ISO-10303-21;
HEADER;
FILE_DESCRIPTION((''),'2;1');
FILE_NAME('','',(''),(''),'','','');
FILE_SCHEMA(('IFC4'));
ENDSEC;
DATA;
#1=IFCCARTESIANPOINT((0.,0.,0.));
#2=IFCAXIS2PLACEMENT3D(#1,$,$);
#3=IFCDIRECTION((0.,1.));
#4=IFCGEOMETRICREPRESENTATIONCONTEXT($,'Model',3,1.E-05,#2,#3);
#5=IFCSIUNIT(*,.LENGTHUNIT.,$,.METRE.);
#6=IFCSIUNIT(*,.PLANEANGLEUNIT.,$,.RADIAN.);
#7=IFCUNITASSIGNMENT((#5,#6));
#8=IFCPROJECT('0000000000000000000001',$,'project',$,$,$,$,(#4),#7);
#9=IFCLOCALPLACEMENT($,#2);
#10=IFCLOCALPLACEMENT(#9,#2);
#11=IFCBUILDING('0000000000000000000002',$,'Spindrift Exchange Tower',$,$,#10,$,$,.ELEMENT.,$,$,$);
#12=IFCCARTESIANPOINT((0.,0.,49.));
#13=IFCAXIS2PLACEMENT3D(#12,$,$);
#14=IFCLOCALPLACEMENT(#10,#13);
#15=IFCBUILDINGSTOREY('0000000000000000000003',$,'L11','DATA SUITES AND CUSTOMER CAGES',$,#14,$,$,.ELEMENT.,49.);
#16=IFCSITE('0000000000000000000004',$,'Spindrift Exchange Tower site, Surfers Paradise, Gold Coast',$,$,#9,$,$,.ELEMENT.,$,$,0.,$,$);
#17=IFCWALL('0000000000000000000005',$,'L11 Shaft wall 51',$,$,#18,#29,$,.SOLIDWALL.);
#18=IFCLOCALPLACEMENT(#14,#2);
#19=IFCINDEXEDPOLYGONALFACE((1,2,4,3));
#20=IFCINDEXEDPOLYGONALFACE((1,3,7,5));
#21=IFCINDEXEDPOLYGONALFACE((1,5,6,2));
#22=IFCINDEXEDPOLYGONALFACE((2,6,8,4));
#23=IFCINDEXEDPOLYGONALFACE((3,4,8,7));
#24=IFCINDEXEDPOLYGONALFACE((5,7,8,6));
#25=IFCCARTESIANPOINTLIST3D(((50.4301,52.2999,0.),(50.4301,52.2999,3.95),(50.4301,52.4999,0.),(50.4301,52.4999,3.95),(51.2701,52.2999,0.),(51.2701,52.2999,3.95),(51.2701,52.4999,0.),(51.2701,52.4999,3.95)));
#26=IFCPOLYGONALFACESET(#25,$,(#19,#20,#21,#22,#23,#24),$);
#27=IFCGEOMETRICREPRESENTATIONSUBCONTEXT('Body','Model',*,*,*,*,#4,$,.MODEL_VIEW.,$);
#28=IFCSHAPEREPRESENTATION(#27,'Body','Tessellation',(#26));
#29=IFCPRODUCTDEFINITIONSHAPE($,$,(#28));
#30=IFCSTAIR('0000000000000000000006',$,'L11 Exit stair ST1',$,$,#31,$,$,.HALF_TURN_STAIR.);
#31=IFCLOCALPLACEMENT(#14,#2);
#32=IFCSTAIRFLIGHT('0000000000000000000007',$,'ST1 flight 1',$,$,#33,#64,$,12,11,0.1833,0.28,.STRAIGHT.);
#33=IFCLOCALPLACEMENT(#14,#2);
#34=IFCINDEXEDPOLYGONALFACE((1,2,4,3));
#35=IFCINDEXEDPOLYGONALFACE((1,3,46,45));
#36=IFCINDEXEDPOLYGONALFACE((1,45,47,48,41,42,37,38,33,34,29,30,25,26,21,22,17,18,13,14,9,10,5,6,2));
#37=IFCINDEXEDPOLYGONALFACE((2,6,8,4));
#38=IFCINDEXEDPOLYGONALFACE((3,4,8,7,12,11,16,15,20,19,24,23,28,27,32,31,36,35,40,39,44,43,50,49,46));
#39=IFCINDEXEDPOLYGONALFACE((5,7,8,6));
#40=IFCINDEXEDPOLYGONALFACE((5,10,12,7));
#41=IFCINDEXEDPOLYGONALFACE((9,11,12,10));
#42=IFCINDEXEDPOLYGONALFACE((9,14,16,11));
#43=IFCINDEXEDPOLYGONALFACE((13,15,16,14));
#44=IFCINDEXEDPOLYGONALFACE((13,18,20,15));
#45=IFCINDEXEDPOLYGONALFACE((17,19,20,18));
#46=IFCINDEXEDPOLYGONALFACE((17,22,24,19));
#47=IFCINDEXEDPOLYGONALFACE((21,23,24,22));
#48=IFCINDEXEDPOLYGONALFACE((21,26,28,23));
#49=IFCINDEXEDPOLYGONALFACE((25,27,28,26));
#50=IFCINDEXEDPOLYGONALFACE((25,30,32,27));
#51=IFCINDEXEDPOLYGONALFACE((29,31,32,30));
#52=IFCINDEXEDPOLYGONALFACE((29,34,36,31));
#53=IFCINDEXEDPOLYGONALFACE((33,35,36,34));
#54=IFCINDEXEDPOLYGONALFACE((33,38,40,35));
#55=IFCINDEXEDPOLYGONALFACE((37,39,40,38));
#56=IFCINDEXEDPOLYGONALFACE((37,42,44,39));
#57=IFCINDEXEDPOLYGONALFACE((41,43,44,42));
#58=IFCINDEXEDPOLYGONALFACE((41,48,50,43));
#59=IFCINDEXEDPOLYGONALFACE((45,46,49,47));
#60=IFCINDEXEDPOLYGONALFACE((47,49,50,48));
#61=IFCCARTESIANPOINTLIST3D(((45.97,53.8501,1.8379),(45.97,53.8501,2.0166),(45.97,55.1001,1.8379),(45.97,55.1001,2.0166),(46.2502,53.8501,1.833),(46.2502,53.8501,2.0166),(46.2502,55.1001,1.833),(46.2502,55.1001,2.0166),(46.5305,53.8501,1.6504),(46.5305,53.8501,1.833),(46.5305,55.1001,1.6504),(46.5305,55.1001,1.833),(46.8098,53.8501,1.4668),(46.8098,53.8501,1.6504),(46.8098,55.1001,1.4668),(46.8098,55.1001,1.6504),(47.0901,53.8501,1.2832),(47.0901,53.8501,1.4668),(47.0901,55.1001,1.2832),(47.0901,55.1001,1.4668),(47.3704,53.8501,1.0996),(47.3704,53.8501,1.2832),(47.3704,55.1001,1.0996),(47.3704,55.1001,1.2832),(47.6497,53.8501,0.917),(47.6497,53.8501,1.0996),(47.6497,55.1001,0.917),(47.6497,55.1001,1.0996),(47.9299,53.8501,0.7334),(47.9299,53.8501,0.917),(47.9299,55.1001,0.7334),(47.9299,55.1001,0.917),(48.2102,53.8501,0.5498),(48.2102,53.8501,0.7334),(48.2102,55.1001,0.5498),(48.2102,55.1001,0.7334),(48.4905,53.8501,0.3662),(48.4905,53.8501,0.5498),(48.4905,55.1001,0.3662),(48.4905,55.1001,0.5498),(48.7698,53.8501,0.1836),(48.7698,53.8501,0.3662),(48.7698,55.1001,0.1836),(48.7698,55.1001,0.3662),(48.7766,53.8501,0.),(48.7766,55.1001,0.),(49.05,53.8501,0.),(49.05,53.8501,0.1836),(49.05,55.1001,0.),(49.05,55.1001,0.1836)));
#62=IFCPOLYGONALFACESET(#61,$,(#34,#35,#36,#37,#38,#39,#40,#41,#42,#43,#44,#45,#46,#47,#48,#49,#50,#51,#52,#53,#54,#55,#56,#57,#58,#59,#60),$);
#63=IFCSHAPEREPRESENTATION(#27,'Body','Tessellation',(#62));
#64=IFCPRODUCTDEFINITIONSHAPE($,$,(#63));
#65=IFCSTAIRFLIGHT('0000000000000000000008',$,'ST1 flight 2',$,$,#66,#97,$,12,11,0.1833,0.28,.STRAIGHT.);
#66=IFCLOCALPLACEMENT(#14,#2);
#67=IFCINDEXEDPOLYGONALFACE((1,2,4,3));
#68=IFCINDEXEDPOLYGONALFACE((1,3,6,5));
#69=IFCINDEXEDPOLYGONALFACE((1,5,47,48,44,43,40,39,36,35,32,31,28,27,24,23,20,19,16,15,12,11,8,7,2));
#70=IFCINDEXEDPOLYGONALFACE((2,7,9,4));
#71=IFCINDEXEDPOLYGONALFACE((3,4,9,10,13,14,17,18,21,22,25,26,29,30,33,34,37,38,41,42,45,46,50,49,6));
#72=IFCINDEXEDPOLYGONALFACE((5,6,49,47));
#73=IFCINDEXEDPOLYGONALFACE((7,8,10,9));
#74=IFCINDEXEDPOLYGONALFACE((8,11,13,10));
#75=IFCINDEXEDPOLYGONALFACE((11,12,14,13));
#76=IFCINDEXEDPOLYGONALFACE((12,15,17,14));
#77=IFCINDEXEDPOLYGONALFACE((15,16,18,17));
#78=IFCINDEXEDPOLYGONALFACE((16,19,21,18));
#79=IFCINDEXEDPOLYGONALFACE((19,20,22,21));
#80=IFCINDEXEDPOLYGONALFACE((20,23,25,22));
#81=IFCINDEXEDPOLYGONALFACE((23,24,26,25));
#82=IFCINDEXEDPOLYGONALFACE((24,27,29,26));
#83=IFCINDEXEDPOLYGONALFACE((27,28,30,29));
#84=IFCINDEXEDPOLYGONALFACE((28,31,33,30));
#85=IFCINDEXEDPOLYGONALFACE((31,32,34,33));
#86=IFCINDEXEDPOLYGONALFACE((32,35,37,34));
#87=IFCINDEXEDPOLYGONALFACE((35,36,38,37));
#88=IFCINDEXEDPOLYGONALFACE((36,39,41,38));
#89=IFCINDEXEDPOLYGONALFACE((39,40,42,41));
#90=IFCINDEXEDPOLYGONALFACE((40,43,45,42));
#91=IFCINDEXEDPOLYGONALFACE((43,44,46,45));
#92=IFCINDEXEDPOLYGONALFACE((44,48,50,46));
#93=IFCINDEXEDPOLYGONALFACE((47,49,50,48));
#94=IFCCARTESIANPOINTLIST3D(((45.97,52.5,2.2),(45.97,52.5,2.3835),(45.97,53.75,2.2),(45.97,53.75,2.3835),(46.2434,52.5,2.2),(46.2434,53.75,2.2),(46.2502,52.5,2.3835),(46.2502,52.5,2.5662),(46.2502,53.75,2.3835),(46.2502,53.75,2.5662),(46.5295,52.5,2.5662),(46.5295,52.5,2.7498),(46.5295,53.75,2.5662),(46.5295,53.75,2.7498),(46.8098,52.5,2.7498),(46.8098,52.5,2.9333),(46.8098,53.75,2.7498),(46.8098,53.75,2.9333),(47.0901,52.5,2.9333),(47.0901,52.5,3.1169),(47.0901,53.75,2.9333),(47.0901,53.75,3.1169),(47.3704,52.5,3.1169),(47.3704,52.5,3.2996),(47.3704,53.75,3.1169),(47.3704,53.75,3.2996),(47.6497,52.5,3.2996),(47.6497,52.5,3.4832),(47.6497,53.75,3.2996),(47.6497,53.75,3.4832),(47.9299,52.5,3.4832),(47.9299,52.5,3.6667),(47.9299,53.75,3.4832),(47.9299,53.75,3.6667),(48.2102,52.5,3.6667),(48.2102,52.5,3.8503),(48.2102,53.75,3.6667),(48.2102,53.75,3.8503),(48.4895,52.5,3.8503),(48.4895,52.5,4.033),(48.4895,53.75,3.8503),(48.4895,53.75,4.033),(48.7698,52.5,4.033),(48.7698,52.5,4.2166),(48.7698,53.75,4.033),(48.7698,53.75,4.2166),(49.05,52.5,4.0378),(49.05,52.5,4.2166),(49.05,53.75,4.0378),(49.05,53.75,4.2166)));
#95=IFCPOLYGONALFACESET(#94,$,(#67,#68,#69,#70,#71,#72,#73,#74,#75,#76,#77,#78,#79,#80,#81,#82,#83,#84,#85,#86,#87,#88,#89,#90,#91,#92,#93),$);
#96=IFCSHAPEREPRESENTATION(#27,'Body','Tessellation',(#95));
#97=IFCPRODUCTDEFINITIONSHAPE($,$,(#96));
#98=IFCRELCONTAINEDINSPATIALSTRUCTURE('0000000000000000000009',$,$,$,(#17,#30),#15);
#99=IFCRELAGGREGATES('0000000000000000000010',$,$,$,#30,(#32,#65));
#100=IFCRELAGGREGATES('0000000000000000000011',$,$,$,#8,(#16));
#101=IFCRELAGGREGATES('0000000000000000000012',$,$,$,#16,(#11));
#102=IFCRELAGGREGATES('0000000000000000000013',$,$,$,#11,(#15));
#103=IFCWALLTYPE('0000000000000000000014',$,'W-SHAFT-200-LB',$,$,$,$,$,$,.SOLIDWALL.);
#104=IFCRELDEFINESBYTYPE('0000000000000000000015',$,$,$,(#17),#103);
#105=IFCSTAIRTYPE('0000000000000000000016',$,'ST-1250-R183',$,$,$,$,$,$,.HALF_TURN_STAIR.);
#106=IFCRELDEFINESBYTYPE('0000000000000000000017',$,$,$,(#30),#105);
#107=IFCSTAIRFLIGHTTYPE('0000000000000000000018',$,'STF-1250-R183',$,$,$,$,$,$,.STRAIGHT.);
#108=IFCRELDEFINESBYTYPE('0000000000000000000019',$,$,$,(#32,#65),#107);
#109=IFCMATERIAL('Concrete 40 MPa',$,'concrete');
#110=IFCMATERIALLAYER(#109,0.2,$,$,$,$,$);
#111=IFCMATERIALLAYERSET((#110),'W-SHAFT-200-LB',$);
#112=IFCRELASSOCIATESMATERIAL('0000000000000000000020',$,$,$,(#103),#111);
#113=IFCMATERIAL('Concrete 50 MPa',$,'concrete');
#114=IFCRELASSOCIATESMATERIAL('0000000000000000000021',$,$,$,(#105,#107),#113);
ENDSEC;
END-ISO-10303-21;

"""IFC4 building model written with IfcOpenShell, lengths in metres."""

from ifc_helpers import new_model, si_unit, direction, frame, frame_2d, origin, place, context, subcontext, project, spatial, line, indexed_curve, rectangle, outline, extrude, material, layer, layer_set, type_object, element, aggregate, save


model = new_model("IFC4")

# Units and contexts
model_context = context("Model", 3, precision=1e-05, world=origin(), true_north=direction((0.0, 1.0)))
body_context = subcontext(model_context, "Body", "Model", "MODEL_VIEW")
ifc_project = project(units=[si_unit("LENGTHUNIT", "METRE"), si_unit("PLANEANGLEUNIT", "RADIAN")], contexts=[model_context])

# Site, building, storey
site_placement = place(None, origin())
site = spatial("IfcSite", under=ifc_project, at=site_placement, Name="Spindrift Exchange Tower site, Surfers Paradise, Gold Coast", CompositionType="ELEMENT", RefElevation=0.0)
building_placement = place(site_placement, origin())
building = spatial("IfcBuilding", under=site, at=building_placement, Name="Spindrift Exchange Tower", CompositionType="ELEMENT")
storey_placement = place(building_placement, frame((0.0, 0.0, 49.0)))
storey = spatial("IfcBuildingStorey", under=building, at=storey_placement, Name="L11", Description="DATA SUITES AND CUSTOMER CAGES", CompositionType="ELEMENT", Elevation=49.0)

# Shared definitions
ifc_material_1 = material(Name="Concrete 40 MPa", Category="concrete")
ifc_layer = layer(ifc_material_1, 0.2)
ifc_layer_set = layer_set([ifc_layer], Name="W-SHAFT-200-LB")
wall_type = type_object("IfcWallType", Name="W-SHAFT-200-LB", PredefinedType="SOLIDWALL", material=ifc_layer_set)

# Wall
wall_1_placement = place(storey_placement, frame((51.27, 52.3999, 0.0), z_axis=(0.0, 0.0, 1.0), x_axis=(-1.0, 0.0, 0.0)))
element("IfcWall", 1, at=wall_1_placement, inside=storey, type_object=wall_type, Name="L11 Shaft wall 51", PredefinedType="SOLIDWALL", context=body_context, shape_type="SweptSolid", body=[
    extrude(rectangle(XDim=0.8401, YDim=0.2, at=frame_2d((0.4199, 0.0))), origin(), (0.0, 0.0, 1.0), 3.95),
])

# Stair, stair flights
ifc_material_2 = material(Name="Concrete 50 MPa", Category="concrete")
stair_type = type_object("IfcStairType", Name="ST-1250-R183", PredefinedType="HALF_TURN_STAIR", material=ifc_material_2)
stair_placement = place(storey_placement, origin())
stair = element("IfcStair", 2, at=stair_placement, inside=storey, type_object=stair_type, Name="L11 Exit stair ST1", PredefinedType="HALF_TURN_STAIR")
stair_flight_type = type_object("IfcStairFlightType", Name="STF-1250-R183", PredefinedType="STRAIGHT", material=ifc_material_2)
stair_flight_1_placement = place(storey_placement, frame((49.05, 54.4751, 0.0), z_axis=(0.0, 0.0, 1.0), x_axis=(-1.0, 0.0, 0.0)))
stair_flight_1 = element("IfcStairFlight", 3, at=stair_flight_1_placement, type_object=stair_flight_type, Name="ST1 flight 1", NumberOfRisers=12, NumberOfTreads=11, PredefinedType="STRAIGHT", RiserHeight=0.1833, TreadLength=0.28, context=body_context, shape_type="SweptSolid", body=[
    extrude(outline(indexed_curve([(0.0, 0.0), (0.0, 0.1836), (0.2803, 0.1836), (0.2803, 0.3662), (0.5596, 0.3662), (0.5596, 0.5498), (0.8398, 0.5498), (0.8398, 0.7334), (1.1201, 0.7334), (1.1201, 0.917), (1.4004, 0.917), (1.4004, 1.0996), (1.6797, 1.0996), (1.6797, 1.2832), (1.96, 1.2832), (1.96, 1.4668), (2.2402, 1.4668), (2.2402, 1.6504), (2.5195, 1.6504), (2.5195, 1.833), (2.7998, 1.833), (2.7998, 2.0166), (3.0801, 2.0166), (3.0801, 2.2002), (3.0801, 1.8379), (0.2734, 0.0)], segments=[line(1, 2, 3, 4, 5, 6, 7, 8, 9, 10, 11, 12, 13, 14, 15, 16, 17, 18, 19, 20, 21, 22, 23, 24, 25, 26, 1)], self_intersect=False)), frame((0.0, 0.625, 0.0), z_axis=(0.0, -1.0, 0.0), x_axis=(1.0, 0.0, 0.0)), (0.0, 0.0, 1.0), 1.25),
])
stair_flight_2_placement = place(storey_placement, frame((45.97, 53.125, 2.2), z_axis=(0.0, 0.0, 1.0), x_axis=(1.0, 0.0, 0.0)))
stair_flight_2 = element("IfcStairFlight", 4, at=stair_flight_2_placement, type_object=stair_flight_type, Name="ST1 flight 2", NumberOfRisers=12, NumberOfTreads=11, PredefinedType="STRAIGHT", RiserHeight=0.1833, TreadLength=0.28, context=body_context, shape_type="SweptSolid", body=[
    extrude(outline(indexed_curve([(0.0, 0.0), (0.0, 0.1836), (0.2803, 0.1836), (0.2803, 0.3662), (0.5596, 0.3662), (0.5596, 0.5498), (0.8398, 0.5498), (0.8398, 0.7334), (1.1201, 0.7334), (1.1201, 0.917), (1.4004, 0.917), (1.4004, 1.0996), (1.6797, 1.0996), (1.6797, 1.2832), (1.96, 1.2832), (1.96, 1.4668), (2.2402, 1.4668), (2.2402, 1.6504), (2.5195, 1.6504), (2.5195, 1.833), (2.7998, 1.833), (2.7998, 2.0166), (3.0801, 2.0166), (3.0801, 2.2002), (3.0801, 1.8379), (0.2734, 0.0)], segments=[line(1, 2, 3, 4, 5, 6, 7, 8, 9, 10, 11, 12, 13, 14, 15, 16, 17, 18, 19, 20, 21, 22, 23, 24, 25, 26, 1)], self_intersect=False)), frame((0.0, 0.625, 0.0), z_axis=(0.0, -1.0, 0.0), x_axis=(1.0, 0.0, 0.0)), (0.0, 0.0, 1.0), 1.25),
])
aggregate(stair, [stair_flight_1, stair_flight_2])

save(model, "model.ifc")
